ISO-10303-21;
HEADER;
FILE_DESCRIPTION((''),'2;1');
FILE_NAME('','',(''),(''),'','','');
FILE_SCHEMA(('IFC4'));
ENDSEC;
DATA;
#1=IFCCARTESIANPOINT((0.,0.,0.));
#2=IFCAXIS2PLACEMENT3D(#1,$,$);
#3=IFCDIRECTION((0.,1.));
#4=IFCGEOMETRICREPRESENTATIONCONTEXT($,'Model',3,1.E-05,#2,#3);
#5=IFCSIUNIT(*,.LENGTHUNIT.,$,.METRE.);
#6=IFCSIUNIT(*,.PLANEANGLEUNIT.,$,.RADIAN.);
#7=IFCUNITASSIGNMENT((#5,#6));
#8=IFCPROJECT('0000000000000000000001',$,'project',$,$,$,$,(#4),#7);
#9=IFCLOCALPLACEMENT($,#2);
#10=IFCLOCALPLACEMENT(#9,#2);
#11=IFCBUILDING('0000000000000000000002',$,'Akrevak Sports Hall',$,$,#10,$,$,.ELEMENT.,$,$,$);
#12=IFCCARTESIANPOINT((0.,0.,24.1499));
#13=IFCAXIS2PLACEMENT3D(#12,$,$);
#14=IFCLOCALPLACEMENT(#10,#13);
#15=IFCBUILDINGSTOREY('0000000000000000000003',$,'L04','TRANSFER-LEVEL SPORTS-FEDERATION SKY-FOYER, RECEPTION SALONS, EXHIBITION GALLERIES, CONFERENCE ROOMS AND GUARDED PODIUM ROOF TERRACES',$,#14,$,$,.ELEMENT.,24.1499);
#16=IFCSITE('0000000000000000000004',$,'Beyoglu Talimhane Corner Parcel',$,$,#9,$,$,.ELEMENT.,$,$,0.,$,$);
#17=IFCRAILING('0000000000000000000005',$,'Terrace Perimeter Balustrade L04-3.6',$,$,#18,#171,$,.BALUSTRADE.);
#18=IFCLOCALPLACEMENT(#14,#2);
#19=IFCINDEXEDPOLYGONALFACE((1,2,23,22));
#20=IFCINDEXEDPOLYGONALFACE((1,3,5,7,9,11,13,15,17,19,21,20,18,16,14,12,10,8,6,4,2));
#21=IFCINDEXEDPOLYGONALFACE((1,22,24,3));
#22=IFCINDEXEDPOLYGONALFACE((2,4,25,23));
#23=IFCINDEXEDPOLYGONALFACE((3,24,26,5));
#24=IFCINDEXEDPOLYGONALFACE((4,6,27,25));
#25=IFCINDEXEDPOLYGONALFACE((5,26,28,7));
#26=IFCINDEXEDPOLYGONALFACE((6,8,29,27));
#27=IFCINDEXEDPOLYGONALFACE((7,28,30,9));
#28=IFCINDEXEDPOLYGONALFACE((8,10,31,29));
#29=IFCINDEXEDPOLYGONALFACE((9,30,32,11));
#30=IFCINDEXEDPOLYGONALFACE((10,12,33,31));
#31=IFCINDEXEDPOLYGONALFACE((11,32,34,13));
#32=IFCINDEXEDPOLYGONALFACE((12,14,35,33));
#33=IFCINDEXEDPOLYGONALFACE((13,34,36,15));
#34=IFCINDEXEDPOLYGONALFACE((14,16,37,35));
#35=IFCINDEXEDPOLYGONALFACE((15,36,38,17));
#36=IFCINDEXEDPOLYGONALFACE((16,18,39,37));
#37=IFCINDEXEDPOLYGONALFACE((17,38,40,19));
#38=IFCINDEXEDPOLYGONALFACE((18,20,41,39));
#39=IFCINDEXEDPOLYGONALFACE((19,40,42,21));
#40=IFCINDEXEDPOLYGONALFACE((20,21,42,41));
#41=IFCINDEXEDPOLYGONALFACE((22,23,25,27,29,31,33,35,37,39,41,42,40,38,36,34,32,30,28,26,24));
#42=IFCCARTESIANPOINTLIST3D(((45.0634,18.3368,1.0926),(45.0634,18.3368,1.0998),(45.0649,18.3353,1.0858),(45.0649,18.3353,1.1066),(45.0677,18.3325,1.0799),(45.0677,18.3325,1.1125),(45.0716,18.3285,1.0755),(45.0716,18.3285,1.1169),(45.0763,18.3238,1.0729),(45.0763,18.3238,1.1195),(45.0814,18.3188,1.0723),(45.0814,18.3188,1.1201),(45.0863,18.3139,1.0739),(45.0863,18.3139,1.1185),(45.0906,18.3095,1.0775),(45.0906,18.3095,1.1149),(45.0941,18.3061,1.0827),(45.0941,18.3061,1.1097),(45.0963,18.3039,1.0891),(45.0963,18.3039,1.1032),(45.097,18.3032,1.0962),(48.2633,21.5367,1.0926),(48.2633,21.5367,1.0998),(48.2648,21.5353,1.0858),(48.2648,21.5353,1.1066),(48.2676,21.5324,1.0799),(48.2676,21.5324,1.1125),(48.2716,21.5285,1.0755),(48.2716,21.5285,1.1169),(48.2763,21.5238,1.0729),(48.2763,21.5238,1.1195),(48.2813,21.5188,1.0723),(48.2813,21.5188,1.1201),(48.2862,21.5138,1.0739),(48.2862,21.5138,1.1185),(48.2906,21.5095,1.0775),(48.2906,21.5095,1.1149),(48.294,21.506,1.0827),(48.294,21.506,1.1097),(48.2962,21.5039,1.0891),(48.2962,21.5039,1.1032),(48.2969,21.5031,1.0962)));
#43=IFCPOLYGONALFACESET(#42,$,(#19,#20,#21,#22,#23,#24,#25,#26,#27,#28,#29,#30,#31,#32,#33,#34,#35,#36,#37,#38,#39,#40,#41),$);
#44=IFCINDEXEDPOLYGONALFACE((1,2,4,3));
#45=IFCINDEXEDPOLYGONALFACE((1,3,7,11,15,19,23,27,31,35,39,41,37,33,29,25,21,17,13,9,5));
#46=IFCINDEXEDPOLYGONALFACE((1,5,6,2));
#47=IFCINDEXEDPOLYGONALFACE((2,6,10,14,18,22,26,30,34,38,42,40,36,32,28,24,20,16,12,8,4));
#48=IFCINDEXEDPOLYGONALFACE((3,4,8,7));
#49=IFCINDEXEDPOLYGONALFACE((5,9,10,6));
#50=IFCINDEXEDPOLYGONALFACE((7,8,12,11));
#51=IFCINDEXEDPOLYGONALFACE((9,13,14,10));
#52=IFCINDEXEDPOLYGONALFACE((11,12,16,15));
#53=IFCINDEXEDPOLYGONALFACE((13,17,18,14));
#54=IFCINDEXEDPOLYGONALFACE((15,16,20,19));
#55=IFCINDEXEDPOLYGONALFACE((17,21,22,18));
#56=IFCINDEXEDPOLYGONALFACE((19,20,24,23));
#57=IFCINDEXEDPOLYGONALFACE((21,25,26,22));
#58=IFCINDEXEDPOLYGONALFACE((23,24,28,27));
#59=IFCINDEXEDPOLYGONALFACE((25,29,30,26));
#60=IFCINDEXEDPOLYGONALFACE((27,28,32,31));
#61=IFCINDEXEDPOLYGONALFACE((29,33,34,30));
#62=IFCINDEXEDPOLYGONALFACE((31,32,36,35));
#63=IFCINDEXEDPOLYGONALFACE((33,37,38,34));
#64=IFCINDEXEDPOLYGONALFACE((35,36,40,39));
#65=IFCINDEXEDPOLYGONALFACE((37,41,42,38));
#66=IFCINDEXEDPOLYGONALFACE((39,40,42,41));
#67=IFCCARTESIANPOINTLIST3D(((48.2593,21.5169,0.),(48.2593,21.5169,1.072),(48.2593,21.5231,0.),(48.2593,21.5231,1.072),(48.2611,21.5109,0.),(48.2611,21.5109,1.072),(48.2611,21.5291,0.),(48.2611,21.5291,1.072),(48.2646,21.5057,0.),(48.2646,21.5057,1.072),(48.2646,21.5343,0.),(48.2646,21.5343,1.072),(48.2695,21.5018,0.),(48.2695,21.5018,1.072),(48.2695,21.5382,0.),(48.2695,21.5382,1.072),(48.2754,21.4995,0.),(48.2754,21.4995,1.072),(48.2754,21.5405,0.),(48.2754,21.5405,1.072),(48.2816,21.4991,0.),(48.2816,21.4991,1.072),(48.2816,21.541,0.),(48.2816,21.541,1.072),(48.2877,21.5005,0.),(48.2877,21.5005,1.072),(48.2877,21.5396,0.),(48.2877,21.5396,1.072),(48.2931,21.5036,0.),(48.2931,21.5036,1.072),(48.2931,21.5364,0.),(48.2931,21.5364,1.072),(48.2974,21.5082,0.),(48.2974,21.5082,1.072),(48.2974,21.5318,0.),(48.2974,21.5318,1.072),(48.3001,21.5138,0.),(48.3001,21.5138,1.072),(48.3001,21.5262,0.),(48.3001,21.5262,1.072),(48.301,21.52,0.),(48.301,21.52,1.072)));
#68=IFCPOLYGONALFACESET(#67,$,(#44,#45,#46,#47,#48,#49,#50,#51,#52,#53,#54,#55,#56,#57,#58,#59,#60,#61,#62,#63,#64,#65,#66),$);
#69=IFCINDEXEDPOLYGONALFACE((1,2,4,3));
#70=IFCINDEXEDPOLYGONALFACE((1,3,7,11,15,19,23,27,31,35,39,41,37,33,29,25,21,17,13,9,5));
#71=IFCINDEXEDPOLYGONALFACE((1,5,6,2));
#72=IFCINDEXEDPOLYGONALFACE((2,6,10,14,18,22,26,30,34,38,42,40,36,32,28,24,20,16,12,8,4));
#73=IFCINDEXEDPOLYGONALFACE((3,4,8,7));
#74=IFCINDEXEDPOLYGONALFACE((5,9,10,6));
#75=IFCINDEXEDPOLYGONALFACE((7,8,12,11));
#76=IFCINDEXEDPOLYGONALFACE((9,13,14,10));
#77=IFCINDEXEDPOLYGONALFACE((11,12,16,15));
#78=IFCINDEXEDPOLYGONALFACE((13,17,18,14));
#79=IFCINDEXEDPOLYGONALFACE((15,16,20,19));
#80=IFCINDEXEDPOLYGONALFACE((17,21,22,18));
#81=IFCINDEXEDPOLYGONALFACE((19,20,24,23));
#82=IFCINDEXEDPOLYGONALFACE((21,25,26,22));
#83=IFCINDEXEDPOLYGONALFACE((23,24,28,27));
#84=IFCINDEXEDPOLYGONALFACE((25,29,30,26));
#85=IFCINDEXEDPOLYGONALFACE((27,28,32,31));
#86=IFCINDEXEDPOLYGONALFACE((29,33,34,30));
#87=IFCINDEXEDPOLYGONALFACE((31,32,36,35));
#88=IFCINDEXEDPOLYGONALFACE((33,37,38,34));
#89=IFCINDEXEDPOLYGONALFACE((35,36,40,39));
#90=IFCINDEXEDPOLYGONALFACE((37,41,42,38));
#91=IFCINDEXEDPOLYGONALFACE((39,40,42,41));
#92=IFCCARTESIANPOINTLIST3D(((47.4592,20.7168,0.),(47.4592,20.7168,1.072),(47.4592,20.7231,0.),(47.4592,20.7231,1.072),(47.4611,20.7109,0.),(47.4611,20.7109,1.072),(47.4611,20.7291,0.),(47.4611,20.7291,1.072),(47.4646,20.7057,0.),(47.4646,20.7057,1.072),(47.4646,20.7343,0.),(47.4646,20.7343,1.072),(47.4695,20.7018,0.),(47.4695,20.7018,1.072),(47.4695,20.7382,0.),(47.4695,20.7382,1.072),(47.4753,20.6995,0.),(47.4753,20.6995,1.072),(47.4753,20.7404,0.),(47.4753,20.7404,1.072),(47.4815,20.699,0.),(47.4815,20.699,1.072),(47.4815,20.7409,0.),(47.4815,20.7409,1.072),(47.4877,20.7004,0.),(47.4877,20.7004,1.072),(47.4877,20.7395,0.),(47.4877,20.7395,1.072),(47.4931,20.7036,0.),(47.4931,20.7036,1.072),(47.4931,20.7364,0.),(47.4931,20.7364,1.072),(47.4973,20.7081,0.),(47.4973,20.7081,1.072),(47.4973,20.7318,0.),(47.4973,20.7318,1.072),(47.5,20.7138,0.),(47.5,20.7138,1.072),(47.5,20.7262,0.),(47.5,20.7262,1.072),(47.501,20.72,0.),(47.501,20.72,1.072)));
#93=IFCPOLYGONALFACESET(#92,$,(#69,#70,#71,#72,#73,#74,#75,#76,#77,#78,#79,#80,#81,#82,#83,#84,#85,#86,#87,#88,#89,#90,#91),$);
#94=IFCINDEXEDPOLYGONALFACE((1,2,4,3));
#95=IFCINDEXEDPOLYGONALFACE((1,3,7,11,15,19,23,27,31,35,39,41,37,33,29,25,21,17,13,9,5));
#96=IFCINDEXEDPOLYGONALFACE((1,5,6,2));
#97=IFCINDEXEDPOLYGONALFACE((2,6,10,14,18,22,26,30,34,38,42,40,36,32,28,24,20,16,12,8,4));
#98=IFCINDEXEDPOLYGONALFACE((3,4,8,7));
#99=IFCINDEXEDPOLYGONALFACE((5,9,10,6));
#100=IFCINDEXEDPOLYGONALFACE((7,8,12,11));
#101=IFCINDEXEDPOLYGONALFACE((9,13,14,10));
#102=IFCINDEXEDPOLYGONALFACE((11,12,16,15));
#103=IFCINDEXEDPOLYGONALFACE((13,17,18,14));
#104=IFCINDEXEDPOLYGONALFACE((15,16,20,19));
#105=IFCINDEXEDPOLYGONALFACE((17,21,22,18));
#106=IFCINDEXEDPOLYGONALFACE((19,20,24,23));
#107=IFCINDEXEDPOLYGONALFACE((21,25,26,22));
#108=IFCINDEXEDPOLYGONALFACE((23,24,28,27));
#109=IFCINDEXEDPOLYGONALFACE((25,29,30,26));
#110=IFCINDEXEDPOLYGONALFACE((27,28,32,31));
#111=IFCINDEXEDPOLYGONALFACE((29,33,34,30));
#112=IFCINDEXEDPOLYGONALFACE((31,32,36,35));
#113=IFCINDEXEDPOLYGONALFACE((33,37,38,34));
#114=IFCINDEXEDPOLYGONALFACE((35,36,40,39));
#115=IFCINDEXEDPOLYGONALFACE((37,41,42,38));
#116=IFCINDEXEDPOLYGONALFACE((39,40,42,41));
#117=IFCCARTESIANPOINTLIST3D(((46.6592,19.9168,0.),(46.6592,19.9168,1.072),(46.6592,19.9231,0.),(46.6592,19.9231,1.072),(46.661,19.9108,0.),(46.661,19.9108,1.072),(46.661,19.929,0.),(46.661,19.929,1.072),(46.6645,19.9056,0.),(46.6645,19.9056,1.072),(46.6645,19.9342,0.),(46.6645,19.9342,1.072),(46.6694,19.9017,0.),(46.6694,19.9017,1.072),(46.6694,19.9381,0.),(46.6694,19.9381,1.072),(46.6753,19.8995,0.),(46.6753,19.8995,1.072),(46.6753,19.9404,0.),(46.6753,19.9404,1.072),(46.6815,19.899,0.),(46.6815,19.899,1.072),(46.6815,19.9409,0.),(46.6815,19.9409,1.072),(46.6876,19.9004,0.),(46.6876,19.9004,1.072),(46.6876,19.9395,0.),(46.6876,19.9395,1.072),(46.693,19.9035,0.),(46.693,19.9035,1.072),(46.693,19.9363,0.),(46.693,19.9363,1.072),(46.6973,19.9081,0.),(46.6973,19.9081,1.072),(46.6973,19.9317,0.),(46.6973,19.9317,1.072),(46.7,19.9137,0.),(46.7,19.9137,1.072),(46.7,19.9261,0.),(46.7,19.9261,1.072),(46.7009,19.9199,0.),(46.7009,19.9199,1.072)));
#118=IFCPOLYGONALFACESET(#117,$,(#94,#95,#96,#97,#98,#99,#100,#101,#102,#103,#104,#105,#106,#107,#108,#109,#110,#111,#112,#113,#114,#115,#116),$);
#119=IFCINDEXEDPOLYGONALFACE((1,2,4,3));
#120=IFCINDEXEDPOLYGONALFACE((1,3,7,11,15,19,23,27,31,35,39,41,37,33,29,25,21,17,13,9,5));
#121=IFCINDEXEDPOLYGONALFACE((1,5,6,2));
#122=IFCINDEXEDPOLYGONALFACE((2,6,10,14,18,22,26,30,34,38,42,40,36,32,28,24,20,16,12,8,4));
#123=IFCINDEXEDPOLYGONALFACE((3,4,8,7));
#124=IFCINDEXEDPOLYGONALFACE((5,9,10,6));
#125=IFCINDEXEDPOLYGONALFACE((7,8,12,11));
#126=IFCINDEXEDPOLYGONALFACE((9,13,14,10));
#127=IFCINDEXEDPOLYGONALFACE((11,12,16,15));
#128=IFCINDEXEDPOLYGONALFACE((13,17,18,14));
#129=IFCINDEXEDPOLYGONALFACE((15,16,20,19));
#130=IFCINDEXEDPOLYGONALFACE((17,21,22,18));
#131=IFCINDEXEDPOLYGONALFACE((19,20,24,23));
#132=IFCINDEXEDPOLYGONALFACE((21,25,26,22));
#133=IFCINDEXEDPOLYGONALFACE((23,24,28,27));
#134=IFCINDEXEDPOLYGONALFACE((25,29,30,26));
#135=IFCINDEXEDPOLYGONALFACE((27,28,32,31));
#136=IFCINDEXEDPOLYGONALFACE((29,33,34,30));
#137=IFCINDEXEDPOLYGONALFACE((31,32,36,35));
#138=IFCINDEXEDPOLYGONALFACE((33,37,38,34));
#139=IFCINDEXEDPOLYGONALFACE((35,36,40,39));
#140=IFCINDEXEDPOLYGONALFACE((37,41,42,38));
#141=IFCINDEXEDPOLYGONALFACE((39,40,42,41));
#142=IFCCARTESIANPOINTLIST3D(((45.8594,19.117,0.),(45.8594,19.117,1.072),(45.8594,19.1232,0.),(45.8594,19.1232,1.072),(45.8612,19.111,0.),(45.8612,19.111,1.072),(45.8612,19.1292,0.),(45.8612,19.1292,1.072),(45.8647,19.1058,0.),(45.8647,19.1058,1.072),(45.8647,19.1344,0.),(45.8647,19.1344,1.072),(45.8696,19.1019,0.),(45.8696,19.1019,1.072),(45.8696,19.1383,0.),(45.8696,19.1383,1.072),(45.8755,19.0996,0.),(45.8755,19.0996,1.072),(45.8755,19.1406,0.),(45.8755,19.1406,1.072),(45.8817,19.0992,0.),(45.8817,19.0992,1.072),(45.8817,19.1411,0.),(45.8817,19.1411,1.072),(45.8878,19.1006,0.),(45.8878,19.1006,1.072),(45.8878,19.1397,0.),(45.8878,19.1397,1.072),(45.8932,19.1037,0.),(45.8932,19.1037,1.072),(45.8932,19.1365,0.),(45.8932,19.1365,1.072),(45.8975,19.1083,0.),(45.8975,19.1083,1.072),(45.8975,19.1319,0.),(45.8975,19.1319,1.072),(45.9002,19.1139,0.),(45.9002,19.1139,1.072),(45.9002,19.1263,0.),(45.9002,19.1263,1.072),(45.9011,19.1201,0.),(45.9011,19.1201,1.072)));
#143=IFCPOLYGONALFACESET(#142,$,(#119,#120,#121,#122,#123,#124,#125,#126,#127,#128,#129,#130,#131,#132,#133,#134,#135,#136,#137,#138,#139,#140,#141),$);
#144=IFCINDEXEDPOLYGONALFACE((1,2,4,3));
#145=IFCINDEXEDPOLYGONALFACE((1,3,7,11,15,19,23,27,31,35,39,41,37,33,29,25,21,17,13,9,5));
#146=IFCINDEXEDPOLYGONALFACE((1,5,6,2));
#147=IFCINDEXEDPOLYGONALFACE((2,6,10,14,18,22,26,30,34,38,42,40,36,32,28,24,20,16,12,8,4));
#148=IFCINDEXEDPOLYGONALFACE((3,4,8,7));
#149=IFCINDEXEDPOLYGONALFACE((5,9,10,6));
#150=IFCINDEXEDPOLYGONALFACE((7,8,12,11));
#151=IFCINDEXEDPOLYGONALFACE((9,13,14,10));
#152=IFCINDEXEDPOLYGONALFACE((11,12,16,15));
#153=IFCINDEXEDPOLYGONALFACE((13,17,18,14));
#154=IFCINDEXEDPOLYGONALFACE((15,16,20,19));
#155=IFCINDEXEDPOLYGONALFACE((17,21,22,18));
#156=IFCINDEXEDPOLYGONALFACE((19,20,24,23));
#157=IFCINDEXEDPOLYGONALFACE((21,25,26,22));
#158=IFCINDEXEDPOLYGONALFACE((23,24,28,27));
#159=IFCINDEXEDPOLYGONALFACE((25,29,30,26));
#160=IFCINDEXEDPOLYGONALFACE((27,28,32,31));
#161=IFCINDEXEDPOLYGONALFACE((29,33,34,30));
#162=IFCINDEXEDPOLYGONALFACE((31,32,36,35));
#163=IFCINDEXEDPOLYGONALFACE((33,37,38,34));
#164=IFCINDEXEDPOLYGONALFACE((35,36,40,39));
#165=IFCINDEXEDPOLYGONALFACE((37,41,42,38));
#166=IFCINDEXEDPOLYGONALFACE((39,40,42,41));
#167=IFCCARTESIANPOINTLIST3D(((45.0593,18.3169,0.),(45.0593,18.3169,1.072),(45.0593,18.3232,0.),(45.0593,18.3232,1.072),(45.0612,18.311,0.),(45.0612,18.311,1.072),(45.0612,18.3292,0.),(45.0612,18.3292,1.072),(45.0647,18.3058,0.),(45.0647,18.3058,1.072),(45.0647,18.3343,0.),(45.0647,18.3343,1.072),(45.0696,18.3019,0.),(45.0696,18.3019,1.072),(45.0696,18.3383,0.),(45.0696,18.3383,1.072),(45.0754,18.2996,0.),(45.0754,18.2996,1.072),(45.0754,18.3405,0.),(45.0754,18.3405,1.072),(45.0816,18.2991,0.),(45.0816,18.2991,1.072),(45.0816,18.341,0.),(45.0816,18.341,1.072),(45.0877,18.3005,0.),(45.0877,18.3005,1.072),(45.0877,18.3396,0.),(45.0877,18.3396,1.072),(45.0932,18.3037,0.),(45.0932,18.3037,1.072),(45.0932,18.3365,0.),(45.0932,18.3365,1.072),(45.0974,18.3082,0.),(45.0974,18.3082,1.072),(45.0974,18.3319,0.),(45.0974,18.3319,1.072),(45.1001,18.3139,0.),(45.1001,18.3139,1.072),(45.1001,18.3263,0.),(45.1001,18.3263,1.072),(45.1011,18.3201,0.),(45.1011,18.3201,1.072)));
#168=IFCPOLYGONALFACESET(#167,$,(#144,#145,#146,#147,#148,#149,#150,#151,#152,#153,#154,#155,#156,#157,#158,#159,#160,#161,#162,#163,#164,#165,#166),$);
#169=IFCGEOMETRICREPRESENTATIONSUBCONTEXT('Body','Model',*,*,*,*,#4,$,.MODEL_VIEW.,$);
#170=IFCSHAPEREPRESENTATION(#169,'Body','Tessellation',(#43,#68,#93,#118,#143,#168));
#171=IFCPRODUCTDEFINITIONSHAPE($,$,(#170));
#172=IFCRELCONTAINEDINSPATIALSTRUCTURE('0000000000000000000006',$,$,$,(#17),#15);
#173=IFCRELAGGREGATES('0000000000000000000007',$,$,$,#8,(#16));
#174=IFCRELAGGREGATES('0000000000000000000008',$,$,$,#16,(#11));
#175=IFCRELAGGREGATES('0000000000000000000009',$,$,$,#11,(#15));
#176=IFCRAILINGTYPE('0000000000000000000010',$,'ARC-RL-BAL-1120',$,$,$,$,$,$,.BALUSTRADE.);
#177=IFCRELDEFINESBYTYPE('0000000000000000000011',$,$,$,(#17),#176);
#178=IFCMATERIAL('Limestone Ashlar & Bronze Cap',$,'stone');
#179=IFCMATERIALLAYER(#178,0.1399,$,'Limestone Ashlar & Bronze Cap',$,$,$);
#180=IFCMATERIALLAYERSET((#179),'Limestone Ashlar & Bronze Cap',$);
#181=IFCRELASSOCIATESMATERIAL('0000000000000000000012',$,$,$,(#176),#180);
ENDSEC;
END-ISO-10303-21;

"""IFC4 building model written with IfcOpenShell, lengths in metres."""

from ifc_helpers import new_model, si_unit, direction, frame, origin, origin_2d, place, context, subcontext, project, spatial, circle, extrude, material, layer, layer_set, type_object, element, save


model = new_model("IFC4")

# Units and contexts
model_context = context("Model", 3, precision=1e-05, world=origin(), true_north=direction((0.0, 1.0)))
body_context = subcontext(model_context, "Body", "Model", "MODEL_VIEW")
ifc_project = project(units=[si_unit("LENGTHUNIT", "METRE"), si_unit("PLANEANGLEUNIT", "RADIAN")], contexts=[model_context])

# Site, building, storey
site_placement = place(None, origin())
site = spatial("IfcSite", under=ifc_project, at=site_placement, Name="Beyoglu Talimhane Corner Parcel", CompositionType="ELEMENT", RefElevation=0.0)
building_placement = place(site_placement, origin())
building = spatial("IfcBuilding", under=site, at=building_placement, Name="Akrevak Sports Hall", CompositionType="ELEMENT")
storey_placement = place(building_placement, frame((0.0, 0.0, 24.1499)))
storey = spatial("IfcBuildingStorey", under=building, at=storey_placement, Name="L04", Description="TRANSFER-LEVEL SPORTS-FEDERATION SKY-FOYER, RECEPTION SALONS, EXHIBITION GALLERIES, CONFERENCE ROOMS AND GUARDED PODIUM ROOF TERRACES", CompositionType="ELEMENT", Elevation=24.1499)

# Railing
ifc_material_1 = material(Name="Limestone Ashlar & Bronze Cap", Category="stone")
ifc_layer_1 = layer(ifc_material_1, 0.1399, Name="Limestone Ashlar & Bronze Cap")
ifc_layer_set_1 = layer_set([ifc_layer_1], Name="Limestone Ashlar & Bronze Cap")
railing_type = type_object("IfcRailingType", Name="ARC-RL-BAL-1120", PredefinedType="BALUSTRADE", material=ifc_layer_set_1)
railing_1_placement = place(storey_placement, frame((48.28, 21.52, 0.0)))
element("IfcRailing", 1, at=railing_1_placement, inside=storey, type_object=railing_type, Name="Terrace Perimeter Balustrade L04-3.6", PredefinedType="BALUSTRADE", context=body_context, shape_type="SweptSolid", body=[
    extrude(circle(Radius=0.0239, at=origin_2d()), frame((0.0, 0.0, 1.0962), z_axis=(-0.707107, -0.707107, 0.0), x_axis=(0.707107, -0.707107, 0.0)), (0.0, 0.0, 1.0), 4.5254),
    extrude(circle(Radius=0.021, at=origin_2d()), origin(), (0.0, 0.0, 1.0), 1.072),
    extrude(circle(Radius=0.021, at=origin_2d()), frame((-0.8, -0.8, 0.0)), (0.0, 0.0, 1.0), 1.072),
    extrude(circle(Radius=0.021, at=origin_2d()), frame((-1.6001, -1.6001, 0.0)), (0.0, 0.0, 1.0), 1.072),
    extrude(circle(Radius=0.021, at=origin_2d()), frame((-2.3999, -2.3999, 0.0)), (0.0, 0.0, 1.0), 1.072),
    extrude(circle(Radius=0.021, at=origin_2d()), frame((-3.2, -3.2, 0.0)), (0.0, 0.0, 1.0), 1.072),
])

save(model, "model.ifc")
